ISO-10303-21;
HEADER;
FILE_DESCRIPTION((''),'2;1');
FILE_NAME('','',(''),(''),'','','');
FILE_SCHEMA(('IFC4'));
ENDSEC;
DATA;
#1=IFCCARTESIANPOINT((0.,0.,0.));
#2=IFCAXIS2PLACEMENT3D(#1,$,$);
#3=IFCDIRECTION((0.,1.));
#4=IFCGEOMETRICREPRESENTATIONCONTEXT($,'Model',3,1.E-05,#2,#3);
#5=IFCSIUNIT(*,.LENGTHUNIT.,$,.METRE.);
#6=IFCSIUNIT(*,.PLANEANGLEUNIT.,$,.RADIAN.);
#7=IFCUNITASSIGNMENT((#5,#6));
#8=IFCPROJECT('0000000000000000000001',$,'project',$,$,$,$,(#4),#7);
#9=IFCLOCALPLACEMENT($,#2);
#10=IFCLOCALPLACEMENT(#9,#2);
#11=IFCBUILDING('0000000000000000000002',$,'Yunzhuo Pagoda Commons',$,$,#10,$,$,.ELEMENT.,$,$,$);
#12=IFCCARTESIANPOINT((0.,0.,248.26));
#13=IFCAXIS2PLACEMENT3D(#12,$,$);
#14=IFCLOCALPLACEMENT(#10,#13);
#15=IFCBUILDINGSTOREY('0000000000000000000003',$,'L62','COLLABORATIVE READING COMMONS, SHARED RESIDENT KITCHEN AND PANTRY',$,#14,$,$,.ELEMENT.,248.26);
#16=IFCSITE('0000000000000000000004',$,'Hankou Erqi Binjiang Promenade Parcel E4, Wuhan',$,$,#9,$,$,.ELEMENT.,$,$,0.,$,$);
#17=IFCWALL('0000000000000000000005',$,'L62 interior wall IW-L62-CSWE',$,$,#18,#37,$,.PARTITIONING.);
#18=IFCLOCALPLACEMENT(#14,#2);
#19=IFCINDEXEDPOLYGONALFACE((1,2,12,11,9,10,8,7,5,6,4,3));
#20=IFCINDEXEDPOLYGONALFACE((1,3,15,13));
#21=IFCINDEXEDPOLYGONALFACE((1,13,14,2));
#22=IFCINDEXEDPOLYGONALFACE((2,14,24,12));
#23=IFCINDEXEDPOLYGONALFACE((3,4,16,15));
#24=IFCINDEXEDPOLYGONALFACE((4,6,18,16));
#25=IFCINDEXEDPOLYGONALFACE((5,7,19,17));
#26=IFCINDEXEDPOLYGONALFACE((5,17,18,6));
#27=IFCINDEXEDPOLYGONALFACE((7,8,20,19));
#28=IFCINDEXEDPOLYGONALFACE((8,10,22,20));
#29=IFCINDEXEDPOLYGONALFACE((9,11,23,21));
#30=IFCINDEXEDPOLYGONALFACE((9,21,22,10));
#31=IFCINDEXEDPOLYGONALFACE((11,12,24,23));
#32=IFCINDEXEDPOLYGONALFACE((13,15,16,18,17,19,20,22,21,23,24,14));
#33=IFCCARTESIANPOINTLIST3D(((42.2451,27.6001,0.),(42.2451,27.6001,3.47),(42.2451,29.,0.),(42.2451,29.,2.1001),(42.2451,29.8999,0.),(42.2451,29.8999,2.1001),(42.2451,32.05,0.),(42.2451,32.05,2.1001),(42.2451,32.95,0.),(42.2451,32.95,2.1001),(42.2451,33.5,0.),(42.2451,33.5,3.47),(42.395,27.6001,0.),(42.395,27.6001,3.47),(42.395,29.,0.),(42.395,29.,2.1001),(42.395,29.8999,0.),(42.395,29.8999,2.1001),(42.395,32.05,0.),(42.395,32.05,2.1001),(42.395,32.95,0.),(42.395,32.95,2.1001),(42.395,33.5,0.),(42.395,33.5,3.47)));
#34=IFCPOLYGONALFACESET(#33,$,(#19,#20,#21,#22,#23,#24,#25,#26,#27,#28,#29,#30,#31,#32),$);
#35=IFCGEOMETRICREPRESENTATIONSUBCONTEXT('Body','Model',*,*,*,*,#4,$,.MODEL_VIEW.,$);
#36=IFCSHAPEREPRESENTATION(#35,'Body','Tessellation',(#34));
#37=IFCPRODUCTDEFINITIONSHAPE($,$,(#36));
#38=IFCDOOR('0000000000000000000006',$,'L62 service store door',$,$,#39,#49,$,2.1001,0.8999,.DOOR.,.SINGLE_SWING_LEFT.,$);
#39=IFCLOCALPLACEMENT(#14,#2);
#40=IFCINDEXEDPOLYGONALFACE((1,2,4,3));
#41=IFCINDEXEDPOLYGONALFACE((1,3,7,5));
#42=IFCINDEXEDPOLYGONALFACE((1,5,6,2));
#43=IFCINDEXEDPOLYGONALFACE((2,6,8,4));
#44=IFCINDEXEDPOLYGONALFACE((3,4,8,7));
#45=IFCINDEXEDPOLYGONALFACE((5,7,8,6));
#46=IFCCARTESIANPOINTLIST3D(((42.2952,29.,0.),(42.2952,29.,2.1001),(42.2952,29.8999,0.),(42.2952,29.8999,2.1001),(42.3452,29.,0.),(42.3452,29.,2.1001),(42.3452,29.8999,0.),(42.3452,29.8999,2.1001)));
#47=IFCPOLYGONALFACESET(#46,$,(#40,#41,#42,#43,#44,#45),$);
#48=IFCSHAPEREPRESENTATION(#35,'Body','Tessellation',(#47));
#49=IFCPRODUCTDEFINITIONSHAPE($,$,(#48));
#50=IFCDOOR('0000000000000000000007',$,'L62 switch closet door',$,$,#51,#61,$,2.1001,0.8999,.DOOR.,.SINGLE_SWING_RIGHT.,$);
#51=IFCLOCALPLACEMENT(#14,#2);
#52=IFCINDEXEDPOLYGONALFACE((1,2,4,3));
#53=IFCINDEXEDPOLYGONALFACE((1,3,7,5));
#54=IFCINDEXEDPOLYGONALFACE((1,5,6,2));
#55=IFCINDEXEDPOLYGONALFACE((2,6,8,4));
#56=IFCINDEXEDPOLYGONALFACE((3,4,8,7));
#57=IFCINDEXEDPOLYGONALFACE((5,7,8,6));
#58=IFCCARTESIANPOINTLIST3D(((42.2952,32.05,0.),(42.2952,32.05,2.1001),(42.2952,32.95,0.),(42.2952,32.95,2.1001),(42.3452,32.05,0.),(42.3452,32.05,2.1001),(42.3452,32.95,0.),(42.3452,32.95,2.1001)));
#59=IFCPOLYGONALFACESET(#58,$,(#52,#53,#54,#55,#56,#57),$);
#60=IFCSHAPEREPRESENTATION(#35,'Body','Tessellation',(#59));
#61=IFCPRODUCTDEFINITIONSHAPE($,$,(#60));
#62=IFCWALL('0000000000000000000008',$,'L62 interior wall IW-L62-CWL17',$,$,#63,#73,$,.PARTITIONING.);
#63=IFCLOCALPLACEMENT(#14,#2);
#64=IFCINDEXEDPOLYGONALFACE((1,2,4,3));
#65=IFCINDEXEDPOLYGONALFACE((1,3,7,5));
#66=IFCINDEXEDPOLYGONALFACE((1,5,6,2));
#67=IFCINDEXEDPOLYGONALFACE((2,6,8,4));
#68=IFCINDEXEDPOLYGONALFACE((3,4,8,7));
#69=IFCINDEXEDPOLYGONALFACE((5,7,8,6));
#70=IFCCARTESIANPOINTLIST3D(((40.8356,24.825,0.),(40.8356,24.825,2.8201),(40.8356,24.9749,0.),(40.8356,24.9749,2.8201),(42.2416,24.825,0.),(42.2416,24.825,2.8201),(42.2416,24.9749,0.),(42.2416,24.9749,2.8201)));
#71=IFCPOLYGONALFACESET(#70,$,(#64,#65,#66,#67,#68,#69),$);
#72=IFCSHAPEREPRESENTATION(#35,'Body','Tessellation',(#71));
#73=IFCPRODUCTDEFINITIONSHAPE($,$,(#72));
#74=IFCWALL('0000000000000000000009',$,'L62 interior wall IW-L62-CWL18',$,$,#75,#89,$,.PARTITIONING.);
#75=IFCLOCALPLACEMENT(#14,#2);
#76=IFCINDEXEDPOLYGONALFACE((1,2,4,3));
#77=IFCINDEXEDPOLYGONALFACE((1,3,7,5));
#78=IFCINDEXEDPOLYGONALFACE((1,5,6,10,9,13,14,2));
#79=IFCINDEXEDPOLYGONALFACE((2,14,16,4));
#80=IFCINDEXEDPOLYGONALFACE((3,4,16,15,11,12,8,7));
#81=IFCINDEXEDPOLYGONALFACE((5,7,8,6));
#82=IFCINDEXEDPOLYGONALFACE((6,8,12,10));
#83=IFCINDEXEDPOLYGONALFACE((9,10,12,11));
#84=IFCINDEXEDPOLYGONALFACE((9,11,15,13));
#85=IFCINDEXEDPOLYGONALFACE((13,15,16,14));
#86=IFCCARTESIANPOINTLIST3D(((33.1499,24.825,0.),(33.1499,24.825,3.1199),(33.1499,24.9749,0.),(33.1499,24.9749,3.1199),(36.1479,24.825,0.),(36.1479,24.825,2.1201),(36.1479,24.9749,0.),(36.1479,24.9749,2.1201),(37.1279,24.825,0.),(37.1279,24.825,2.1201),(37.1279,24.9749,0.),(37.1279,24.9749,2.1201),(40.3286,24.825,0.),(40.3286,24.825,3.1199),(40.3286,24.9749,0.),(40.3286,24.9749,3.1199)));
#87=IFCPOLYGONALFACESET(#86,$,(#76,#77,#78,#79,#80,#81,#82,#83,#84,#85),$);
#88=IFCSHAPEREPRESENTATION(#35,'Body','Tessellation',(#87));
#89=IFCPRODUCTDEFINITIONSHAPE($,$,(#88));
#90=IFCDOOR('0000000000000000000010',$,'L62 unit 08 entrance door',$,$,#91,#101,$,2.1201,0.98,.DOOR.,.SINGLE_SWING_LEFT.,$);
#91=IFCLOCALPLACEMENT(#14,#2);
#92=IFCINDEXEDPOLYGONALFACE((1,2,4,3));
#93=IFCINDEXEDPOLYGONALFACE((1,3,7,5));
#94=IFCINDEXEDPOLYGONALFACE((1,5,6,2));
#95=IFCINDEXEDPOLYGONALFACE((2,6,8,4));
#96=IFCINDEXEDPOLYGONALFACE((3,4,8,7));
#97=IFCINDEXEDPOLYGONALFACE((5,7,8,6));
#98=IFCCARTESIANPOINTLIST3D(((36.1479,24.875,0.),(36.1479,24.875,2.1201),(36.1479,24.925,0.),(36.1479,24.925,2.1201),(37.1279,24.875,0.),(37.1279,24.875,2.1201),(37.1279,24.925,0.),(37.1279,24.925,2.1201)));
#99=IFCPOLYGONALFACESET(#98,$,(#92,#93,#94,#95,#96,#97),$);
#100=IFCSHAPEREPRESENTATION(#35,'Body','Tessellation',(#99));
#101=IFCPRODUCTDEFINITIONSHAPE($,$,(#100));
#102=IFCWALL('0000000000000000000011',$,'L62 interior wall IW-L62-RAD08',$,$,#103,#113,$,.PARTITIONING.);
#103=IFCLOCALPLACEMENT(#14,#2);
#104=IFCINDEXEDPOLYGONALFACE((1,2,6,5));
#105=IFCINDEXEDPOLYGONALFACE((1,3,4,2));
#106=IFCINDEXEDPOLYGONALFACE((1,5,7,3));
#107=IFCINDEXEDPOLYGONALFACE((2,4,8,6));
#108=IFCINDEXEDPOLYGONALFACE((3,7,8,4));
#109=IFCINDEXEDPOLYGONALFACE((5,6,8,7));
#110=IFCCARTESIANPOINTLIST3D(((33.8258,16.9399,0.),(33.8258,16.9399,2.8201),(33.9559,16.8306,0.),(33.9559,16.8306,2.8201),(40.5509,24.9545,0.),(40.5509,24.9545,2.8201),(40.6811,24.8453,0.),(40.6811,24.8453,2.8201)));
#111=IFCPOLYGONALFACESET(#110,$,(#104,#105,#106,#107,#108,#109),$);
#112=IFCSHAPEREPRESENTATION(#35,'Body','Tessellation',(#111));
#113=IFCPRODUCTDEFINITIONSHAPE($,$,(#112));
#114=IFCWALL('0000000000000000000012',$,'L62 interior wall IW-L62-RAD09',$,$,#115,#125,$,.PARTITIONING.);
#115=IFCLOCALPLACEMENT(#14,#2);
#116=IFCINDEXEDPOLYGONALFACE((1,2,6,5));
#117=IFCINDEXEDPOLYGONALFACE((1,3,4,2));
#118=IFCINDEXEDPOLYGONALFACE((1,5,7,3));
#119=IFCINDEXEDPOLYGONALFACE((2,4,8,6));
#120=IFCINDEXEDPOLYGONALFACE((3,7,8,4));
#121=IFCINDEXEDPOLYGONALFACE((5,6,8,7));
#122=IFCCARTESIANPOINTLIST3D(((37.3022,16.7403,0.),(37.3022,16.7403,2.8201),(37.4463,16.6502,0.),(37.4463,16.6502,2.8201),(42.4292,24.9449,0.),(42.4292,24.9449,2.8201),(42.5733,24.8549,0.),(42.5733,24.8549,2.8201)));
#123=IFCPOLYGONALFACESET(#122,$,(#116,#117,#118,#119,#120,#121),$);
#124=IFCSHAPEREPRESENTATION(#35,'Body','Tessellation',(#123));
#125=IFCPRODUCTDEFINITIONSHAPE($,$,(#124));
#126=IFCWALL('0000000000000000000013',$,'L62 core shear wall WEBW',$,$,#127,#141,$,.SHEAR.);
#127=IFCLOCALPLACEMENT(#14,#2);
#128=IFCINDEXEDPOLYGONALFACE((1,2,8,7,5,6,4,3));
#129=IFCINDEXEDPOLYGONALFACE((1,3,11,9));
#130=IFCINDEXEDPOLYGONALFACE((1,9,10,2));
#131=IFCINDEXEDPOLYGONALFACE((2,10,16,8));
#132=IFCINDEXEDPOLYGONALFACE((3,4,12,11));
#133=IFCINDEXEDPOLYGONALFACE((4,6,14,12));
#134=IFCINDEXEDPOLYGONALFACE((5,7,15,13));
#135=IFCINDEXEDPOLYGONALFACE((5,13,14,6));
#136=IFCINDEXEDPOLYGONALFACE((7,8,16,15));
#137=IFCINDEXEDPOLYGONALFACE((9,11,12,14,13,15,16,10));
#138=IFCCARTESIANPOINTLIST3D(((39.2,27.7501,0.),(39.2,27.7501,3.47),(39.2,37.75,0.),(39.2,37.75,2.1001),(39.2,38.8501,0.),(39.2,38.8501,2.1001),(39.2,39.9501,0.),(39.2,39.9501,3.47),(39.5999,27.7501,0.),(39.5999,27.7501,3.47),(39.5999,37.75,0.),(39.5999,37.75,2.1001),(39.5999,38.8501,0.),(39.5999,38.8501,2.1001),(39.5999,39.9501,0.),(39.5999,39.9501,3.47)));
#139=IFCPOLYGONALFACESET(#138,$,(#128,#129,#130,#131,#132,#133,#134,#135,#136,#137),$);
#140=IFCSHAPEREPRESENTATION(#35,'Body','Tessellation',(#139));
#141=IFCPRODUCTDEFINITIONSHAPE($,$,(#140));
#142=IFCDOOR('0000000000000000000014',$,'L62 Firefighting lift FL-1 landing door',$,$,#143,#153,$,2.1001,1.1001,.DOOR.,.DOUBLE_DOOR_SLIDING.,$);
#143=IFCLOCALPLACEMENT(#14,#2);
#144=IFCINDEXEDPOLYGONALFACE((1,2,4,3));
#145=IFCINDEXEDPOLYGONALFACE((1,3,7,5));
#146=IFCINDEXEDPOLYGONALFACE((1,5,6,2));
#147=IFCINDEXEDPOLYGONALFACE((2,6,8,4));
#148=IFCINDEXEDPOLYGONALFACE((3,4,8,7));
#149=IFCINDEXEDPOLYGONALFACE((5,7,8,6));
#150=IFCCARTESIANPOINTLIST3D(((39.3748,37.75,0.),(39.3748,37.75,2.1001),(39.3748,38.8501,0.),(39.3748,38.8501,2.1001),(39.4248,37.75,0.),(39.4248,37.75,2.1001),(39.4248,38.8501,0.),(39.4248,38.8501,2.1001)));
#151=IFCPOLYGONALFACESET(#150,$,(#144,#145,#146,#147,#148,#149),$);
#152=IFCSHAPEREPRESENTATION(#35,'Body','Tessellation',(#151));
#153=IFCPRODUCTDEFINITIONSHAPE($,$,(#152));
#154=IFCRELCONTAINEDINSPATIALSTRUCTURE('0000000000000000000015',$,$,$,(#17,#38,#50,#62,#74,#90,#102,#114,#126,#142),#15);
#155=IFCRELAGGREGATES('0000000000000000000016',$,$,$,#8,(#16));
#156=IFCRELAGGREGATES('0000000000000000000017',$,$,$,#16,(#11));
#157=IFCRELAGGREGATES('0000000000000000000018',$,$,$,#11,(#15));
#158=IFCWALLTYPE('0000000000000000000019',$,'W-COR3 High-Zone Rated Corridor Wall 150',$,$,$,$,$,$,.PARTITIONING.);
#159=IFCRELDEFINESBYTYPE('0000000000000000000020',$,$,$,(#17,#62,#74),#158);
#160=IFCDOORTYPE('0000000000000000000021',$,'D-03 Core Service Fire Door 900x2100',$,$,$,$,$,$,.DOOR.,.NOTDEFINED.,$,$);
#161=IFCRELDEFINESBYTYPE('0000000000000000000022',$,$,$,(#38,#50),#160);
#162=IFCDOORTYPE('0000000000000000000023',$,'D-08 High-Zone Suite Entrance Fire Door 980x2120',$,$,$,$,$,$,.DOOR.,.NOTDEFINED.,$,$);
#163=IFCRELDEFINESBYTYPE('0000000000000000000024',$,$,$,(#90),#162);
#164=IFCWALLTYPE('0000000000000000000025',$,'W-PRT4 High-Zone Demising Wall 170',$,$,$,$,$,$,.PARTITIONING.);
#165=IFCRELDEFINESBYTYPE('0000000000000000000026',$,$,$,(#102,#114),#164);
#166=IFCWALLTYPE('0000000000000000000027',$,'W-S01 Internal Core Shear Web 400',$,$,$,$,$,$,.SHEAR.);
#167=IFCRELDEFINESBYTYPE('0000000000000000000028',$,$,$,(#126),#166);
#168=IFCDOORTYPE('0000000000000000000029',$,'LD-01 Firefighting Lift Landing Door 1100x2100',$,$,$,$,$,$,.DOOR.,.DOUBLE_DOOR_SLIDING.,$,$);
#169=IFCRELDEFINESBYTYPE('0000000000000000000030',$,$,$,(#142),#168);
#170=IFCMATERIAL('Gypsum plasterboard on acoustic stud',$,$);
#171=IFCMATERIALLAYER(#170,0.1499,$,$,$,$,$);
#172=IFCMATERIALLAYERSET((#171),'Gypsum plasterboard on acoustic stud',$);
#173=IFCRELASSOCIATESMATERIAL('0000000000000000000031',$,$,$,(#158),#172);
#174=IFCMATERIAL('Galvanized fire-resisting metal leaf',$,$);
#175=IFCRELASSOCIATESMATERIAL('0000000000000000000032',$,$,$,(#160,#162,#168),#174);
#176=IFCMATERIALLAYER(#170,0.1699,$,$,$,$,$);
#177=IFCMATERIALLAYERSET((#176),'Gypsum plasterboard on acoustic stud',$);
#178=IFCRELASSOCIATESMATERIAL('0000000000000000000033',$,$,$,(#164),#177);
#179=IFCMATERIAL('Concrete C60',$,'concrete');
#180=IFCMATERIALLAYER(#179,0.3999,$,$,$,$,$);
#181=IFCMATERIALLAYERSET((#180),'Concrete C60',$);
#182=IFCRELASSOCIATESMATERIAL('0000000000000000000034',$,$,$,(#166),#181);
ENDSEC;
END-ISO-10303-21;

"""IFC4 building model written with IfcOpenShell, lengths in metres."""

from ifc_helpers import new_model, si_unit, direction, frame, frame_2d, origin, origin_with_axes, place, context, subcontext, project, spatial, rectangle, extrude, source, transform, mapped, material, layer, layer_set, type_object, element, fill, save


model = new_model("IFC4")

# Units and contexts
model_context = context("Model", 3, precision=1e-05, world=origin(), true_north=direction((0.0, 1.0)))
body_context = subcontext(model_context, "Body", "Model", "MODEL_VIEW")
ifc_project = project(units=[si_unit("LENGTHUNIT", "METRE"), si_unit("PLANEANGLEUNIT", "RADIAN")], contexts=[model_context])

# Site, building, storey
site_placement = place(None, origin())
site = spatial("IfcSite", under=ifc_project, at=site_placement, Name="Hankou Erqi Binjiang Promenade Parcel E4, Wuhan", CompositionType="ELEMENT", RefElevation=0.0)
building_placement = place(site_placement, origin())
building = spatial("IfcBuilding", under=site, at=building_placement, Name="Yunzhuo Pagoda Commons", CompositionType="ELEMENT")
storey_placement = place(building_placement, frame((0.0, 0.0, 248.26)))
storey = spatial("IfcBuildingStorey", under=building, at=storey_placement, Name="L62", Description="COLLABORATIVE READING COMMONS, SHARED RESIDENT KITCHEN AND PANTRY", CompositionType="ELEMENT", Elevation=248.26)

# Wall, openings, doors
ifc_material_1 = material(Name="Gypsum plasterboard on acoustic stud")
ifc_layer_1 = layer(ifc_material_1, 0.1499)
ifc_layer_set_1 = layer_set([ifc_layer_1], Name="Gypsum plasterboard on acoustic stud")
wall_type_1 = type_object("IfcWallType", Name="W-COR3 High-Zone Rated Corridor Wall 150", PredefinedType="PARTITIONING", material=ifc_layer_set_1)
wall_1_placement = place(storey_placement, frame((42.3201, 27.6001, 0.0), z_axis=(0.0, 0.0, 1.0), x_axis=(0.0, 1.0, 0.0)))
wall_1 = element("IfcWall", 1, at=wall_1_placement, inside=storey, type_object=wall_type_1, Name="L62 interior wall IW-L62-CSWE", PredefinedType="PARTITIONING", context=body_context, shape_type="SweptSolid", body=[
    extrude(rectangle(XDim=5.8999, YDim=0.1499, at=frame_2d((2.95, 0.0))), origin(), (0.0, 0.0, 1.0), 3.47),
])
opening_1_placement = place(wall_1_placement, frame((1.3999, 0.0, 0.0)))
opening_1 = element("IfcOpeningElement", 2, at=opening_1_placement, cuts=wall_1, PredefinedType="OPENING", context=body_context, shape_type="SweptSolid", body=[
    extrude(rectangle(XDim=0.8999, YDim=2.1001, at=frame_2d((0.45, 1.05))), frame((0.0, 0.085, 0.0), z_axis=(0.0, -1.0, 0.0), x_axis=(1.0, 0.0, 0.0)), (0.0, 0.0, 1.0), 0.1699),
])
opening_2_placement = place(wall_1_placement, frame((4.45, 0.0, 0.0)))
opening_2 = element("IfcOpeningElement", 3, at=opening_2_placement, cuts=wall_1, PredefinedType="OPENING", context=body_context, shape_type="SweptSolid", body=[
    extrude(rectangle(XDim=0.8999, YDim=2.1001, at=frame_2d((0.45, 1.05))), frame((0.0, 0.085, 0.0), z_axis=(0.0, -1.0, 0.0), x_axis=(1.0, 0.0, 0.0)), (0.0, 0.0, 1.0), 0.1699),
])
ifc_material_2 = material(Name="Galvanized fire-resisting metal leaf")
door_type_1 = type_object("IfcDoorType", Name="D-03 Core Service Fire Door 900x2100", OperationType="NOTDEFINED", PredefinedType="DOOR", material=ifc_material_2)
shared_shape_1 = source(origin(), body_context, "Body", "SweptSolid", [
    extrude(rectangle(XDim=0.8999, YDim=2.1001, at=frame_2d((0.45, 1.05))), frame((0.0, 0.0249, 0.0), z_axis=(0.0, -1.0, 0.0), x_axis=(1.0, 0.0, 0.0)), (0.0, 0.0, 1.0), 0.05),
])
door_1_placement = place(opening_1_placement, origin_with_axes())
door_1 = element("IfcDoor", 4, at=door_1_placement, inside=storey, type_object=door_type_1, Name="L62 service store door", OperationType="SINGLE_SWING_LEFT", OverallHeight=2.1001, OverallWidth=0.8999, PredefinedType="DOOR", context=body_context, shape_type="MappedRepresentation", body=[
    mapped(shared_shape_1, transform((0.0, 0.0, 0.0), scale=1.0)),
])
fill(opening_1, door_1)
door_2_placement = place(opening_2_placement, origin_with_axes())
door_2 = element("IfcDoor", 5, at=door_2_placement, inside=storey, type_object=door_type_1, Name="L62 switch closet door", OperationType="SINGLE_SWING_RIGHT", OverallHeight=2.1001, OverallWidth=0.8999, PredefinedType="DOOR", context=body_context, shape_type="MappedRepresentation", body=[
    mapped(shared_shape_1, transform((0.0, 0.0, 0.0), scale=1.0)),
])
fill(opening_2, door_2)

# Wall
wall_2_placement = place(storey_placement, frame((42.2417, 24.8999, 0.0), z_axis=(0.0, 0.0, 1.0), x_axis=(-1.0, 0.0, 0.0)))
element("IfcWall", 6, at=wall_2_placement, inside=storey, type_object=wall_type_1, Name="L62 interior wall IW-L62-CWL17", PredefinedType="PARTITIONING", context=body_context, shape_type="SweptSolid", body=[
    extrude(rectangle(XDim=1.406, YDim=0.1499, at=frame_2d((0.7031, 0.0))), origin(), (0.0, 0.0, 1.0), 2.8201),
])

# Wall, opening, door
wall_3_placement = place(storey_placement, frame((40.3286, 24.8999, 0.0), z_axis=(0.0, 0.0, 1.0), x_axis=(-1.0, 0.0, 0.0)))
wall_3 = element("IfcWall", 7, at=wall_3_placement, inside=storey, type_object=wall_type_1, Name="L62 interior wall IW-L62-CWL18", PredefinedType="PARTITIONING", context=body_context, shape_type="SweptSolid", body=[
    extrude(rectangle(XDim=7.1787, YDim=0.1499, at=frame_2d((3.5894, 0.0))), origin(), (0.0, 0.0, 1.0), 3.1199),
])
opening_3_placement = place(wall_3_placement, frame((3.2007, 0.0, 0.0)))
opening_3 = element("IfcOpeningElement", 8, at=opening_3_placement, cuts=wall_3, PredefinedType="OPENING", context=body_context, shape_type="SweptSolid", body=[
    extrude(rectangle(XDim=0.98, YDim=2.1201, at=frame_2d((0.49, 1.0601))), frame((0.0, 0.085, 0.0), z_axis=(0.0, -1.0, 0.0), x_axis=(1.0, 0.0, 0.0)), (0.0, 0.0, 1.0), 0.1699),
])
door_type_2 = type_object("IfcDoorType", Name="D-08 High-Zone Suite Entrance Fire Door 980x2120", OperationType="NOTDEFINED", PredefinedType="DOOR", material=ifc_material_2)
shared_shape_2 = source(origin(), body_context, "Body", "SweptSolid", [
    extrude(rectangle(XDim=0.98, YDim=2.1201, at=frame_2d((0.49, 1.0601))), frame((0.0, 0.0249, 0.0), z_axis=(0.0, -1.0, 0.0), x_axis=(1.0, 0.0, 0.0)), (0.0, 0.0, 1.0), 0.05),
])
door_3_placement = place(opening_3_placement, origin_with_axes())
door_3 = element("IfcDoor", 9, at=door_3_placement, inside=storey, type_object=door_type_2, Name="L62 unit 08 entrance door", OperationType="SINGLE_SWING_LEFT", OverallHeight=2.1201, OverallWidth=0.98, PredefinedType="DOOR", context=body_context, shape_type="MappedRepresentation", body=[
    mapped(shared_shape_2, transform((0.0, 0.0, 0.0), scale=1.0)),
])
fill(opening_3, door_3)

# Walls
ifc_layer_2 = layer(ifc_material_1, 0.1699)
ifc_layer_set_2 = layer_set([ifc_layer_2], Name="Gypsum plasterboard on acoustic stud")
wall_type_2 = type_object("IfcWallType", Name="W-PRT4 High-Zone Demising Wall 170", PredefinedType="PARTITIONING", material=ifc_layer_set_2)
wall_4_placement = place(storey_placement, frame((40.616, 24.8999, 0.0), z_axis=(0.0, 0.0, 1.0), x_axis=(-0.642788, -0.766044, 0.0)))
element("IfcWall", 10, at=wall_4_placement, inside=storey, type_object=wall_type_2, Name="L62 interior wall IW-L62-RAD08", PredefinedType="PARTITIONING", context=body_context, shape_type="SweptSolid", body=[
    extrude(rectangle(XDim=10.4624, YDim=0.1699, at=frame_2d((5.2312, 0.0))), origin(), (0.0, 0.0, 1.0), 2.8201),
])
wall_5_placement = place(storey_placement, frame((42.5012, 24.8999, 0.0), z_axis=(0.0, 0.0, 1.0), x_axis=(-0.529931, -0.848041, 0.0)))
element("IfcWall", 11, at=wall_5_placement, inside=storey, type_object=wall_type_2, Name="L62 interior wall IW-L62-RAD09", PredefinedType="PARTITIONING", context=body_context, shape_type="SweptSolid", body=[
    extrude(rectangle(XDim=9.6748, YDim=0.1699, at=frame_2d((4.8374, 0.0))), origin(), (0.0, 0.0, 1.0), 2.8201),
])

# Wall, opening, door
ifc_material_3 = material(Name="Concrete C60", Category="concrete")
ifc_layer_3 = layer(ifc_material_3, 0.3999)
ifc_layer_set_3 = layer_set([ifc_layer_3], Name="Concrete C60")
wall_type_3 = type_object("IfcWallType", Name="W-S01 Internal Core Shear Web 400", PredefinedType="SHEAR", material=ifc_layer_set_3)
wall_6_placement = place(storey_placement, frame((39.3999, 27.75, 0.0), z_axis=(0.0, 0.0, 1.0), x_axis=(0.0, 1.0, 0.0)))
wall_6 = element("IfcWall", 12, at=wall_6_placement, inside=storey, type_object=wall_type_3, Name="L62 core shear wall WEBW", PredefinedType="SHEAR", context=body_context, shape_type="SweptSolid", body=[
    extrude(rectangle(XDim=12.2, YDim=0.3999, at=frame_2d((6.1001, 0.0))), origin(), (0.0, 0.0, 1.0), 3.47),
])
opening_4_placement = place(wall_6_placement, frame((10.0, 0.0, 0.0)))
opening_4 = element("IfcOpeningElement", 13, at=opening_4_placement, cuts=wall_6, PredefinedType="OPENING", context=body_context, shape_type="SweptSolid", body=[
    extrude(rectangle(XDim=1.1001, YDim=2.1001, at=frame_2d((0.55, 1.05))), frame((0.0, 0.21, 0.0), z_axis=(0.0, -1.0, 0.0), x_axis=(1.0, 0.0, 0.0)), (0.0, 0.0, 1.0), 0.4199),
])
door_type_3 = type_object("IfcDoorType", Name="LD-01 Firefighting Lift Landing Door 1100x2100", OperationType="DOUBLE_DOOR_SLIDING", PredefinedType="DOOR", material=ifc_material_2)
shared_shape_3 = source(origin(), body_context, "Body", "SweptSolid", [
    extrude(rectangle(XDim=1.1001, YDim=2.1001, at=frame_2d((0.55, 1.05))), frame((0.0, 0.0249, 0.0), z_axis=(0.0, -1.0, 0.0), x_axis=(1.0, 0.0, 0.0)), (0.0, 0.0, 1.0), 0.05),
])
door_4_placement = place(opening_4_placement, frame((1.1001, 0.0, 0.0), z_axis=(0.0, 0.0, 1.0), x_axis=(-1.0, 0.0, 0.0)))
door_4 = element("IfcDoor", 14, at=door_4_placement, inside=storey, type_object=door_type_3, Name="L62 Firefighting lift FL-1 landing door", OperationType="DOUBLE_DOOR_SLIDING", OverallHeight=2.1001, OverallWidth=1.1001, PredefinedType="DOOR", context=body_context, shape_type="MappedRepresentation", body=[
    mapped(shared_shape_3, transform((0.0, 0.0, 0.0), scale=1.0)),
])
fill(opening_4, door_4)

save(model, "model.ifc")
